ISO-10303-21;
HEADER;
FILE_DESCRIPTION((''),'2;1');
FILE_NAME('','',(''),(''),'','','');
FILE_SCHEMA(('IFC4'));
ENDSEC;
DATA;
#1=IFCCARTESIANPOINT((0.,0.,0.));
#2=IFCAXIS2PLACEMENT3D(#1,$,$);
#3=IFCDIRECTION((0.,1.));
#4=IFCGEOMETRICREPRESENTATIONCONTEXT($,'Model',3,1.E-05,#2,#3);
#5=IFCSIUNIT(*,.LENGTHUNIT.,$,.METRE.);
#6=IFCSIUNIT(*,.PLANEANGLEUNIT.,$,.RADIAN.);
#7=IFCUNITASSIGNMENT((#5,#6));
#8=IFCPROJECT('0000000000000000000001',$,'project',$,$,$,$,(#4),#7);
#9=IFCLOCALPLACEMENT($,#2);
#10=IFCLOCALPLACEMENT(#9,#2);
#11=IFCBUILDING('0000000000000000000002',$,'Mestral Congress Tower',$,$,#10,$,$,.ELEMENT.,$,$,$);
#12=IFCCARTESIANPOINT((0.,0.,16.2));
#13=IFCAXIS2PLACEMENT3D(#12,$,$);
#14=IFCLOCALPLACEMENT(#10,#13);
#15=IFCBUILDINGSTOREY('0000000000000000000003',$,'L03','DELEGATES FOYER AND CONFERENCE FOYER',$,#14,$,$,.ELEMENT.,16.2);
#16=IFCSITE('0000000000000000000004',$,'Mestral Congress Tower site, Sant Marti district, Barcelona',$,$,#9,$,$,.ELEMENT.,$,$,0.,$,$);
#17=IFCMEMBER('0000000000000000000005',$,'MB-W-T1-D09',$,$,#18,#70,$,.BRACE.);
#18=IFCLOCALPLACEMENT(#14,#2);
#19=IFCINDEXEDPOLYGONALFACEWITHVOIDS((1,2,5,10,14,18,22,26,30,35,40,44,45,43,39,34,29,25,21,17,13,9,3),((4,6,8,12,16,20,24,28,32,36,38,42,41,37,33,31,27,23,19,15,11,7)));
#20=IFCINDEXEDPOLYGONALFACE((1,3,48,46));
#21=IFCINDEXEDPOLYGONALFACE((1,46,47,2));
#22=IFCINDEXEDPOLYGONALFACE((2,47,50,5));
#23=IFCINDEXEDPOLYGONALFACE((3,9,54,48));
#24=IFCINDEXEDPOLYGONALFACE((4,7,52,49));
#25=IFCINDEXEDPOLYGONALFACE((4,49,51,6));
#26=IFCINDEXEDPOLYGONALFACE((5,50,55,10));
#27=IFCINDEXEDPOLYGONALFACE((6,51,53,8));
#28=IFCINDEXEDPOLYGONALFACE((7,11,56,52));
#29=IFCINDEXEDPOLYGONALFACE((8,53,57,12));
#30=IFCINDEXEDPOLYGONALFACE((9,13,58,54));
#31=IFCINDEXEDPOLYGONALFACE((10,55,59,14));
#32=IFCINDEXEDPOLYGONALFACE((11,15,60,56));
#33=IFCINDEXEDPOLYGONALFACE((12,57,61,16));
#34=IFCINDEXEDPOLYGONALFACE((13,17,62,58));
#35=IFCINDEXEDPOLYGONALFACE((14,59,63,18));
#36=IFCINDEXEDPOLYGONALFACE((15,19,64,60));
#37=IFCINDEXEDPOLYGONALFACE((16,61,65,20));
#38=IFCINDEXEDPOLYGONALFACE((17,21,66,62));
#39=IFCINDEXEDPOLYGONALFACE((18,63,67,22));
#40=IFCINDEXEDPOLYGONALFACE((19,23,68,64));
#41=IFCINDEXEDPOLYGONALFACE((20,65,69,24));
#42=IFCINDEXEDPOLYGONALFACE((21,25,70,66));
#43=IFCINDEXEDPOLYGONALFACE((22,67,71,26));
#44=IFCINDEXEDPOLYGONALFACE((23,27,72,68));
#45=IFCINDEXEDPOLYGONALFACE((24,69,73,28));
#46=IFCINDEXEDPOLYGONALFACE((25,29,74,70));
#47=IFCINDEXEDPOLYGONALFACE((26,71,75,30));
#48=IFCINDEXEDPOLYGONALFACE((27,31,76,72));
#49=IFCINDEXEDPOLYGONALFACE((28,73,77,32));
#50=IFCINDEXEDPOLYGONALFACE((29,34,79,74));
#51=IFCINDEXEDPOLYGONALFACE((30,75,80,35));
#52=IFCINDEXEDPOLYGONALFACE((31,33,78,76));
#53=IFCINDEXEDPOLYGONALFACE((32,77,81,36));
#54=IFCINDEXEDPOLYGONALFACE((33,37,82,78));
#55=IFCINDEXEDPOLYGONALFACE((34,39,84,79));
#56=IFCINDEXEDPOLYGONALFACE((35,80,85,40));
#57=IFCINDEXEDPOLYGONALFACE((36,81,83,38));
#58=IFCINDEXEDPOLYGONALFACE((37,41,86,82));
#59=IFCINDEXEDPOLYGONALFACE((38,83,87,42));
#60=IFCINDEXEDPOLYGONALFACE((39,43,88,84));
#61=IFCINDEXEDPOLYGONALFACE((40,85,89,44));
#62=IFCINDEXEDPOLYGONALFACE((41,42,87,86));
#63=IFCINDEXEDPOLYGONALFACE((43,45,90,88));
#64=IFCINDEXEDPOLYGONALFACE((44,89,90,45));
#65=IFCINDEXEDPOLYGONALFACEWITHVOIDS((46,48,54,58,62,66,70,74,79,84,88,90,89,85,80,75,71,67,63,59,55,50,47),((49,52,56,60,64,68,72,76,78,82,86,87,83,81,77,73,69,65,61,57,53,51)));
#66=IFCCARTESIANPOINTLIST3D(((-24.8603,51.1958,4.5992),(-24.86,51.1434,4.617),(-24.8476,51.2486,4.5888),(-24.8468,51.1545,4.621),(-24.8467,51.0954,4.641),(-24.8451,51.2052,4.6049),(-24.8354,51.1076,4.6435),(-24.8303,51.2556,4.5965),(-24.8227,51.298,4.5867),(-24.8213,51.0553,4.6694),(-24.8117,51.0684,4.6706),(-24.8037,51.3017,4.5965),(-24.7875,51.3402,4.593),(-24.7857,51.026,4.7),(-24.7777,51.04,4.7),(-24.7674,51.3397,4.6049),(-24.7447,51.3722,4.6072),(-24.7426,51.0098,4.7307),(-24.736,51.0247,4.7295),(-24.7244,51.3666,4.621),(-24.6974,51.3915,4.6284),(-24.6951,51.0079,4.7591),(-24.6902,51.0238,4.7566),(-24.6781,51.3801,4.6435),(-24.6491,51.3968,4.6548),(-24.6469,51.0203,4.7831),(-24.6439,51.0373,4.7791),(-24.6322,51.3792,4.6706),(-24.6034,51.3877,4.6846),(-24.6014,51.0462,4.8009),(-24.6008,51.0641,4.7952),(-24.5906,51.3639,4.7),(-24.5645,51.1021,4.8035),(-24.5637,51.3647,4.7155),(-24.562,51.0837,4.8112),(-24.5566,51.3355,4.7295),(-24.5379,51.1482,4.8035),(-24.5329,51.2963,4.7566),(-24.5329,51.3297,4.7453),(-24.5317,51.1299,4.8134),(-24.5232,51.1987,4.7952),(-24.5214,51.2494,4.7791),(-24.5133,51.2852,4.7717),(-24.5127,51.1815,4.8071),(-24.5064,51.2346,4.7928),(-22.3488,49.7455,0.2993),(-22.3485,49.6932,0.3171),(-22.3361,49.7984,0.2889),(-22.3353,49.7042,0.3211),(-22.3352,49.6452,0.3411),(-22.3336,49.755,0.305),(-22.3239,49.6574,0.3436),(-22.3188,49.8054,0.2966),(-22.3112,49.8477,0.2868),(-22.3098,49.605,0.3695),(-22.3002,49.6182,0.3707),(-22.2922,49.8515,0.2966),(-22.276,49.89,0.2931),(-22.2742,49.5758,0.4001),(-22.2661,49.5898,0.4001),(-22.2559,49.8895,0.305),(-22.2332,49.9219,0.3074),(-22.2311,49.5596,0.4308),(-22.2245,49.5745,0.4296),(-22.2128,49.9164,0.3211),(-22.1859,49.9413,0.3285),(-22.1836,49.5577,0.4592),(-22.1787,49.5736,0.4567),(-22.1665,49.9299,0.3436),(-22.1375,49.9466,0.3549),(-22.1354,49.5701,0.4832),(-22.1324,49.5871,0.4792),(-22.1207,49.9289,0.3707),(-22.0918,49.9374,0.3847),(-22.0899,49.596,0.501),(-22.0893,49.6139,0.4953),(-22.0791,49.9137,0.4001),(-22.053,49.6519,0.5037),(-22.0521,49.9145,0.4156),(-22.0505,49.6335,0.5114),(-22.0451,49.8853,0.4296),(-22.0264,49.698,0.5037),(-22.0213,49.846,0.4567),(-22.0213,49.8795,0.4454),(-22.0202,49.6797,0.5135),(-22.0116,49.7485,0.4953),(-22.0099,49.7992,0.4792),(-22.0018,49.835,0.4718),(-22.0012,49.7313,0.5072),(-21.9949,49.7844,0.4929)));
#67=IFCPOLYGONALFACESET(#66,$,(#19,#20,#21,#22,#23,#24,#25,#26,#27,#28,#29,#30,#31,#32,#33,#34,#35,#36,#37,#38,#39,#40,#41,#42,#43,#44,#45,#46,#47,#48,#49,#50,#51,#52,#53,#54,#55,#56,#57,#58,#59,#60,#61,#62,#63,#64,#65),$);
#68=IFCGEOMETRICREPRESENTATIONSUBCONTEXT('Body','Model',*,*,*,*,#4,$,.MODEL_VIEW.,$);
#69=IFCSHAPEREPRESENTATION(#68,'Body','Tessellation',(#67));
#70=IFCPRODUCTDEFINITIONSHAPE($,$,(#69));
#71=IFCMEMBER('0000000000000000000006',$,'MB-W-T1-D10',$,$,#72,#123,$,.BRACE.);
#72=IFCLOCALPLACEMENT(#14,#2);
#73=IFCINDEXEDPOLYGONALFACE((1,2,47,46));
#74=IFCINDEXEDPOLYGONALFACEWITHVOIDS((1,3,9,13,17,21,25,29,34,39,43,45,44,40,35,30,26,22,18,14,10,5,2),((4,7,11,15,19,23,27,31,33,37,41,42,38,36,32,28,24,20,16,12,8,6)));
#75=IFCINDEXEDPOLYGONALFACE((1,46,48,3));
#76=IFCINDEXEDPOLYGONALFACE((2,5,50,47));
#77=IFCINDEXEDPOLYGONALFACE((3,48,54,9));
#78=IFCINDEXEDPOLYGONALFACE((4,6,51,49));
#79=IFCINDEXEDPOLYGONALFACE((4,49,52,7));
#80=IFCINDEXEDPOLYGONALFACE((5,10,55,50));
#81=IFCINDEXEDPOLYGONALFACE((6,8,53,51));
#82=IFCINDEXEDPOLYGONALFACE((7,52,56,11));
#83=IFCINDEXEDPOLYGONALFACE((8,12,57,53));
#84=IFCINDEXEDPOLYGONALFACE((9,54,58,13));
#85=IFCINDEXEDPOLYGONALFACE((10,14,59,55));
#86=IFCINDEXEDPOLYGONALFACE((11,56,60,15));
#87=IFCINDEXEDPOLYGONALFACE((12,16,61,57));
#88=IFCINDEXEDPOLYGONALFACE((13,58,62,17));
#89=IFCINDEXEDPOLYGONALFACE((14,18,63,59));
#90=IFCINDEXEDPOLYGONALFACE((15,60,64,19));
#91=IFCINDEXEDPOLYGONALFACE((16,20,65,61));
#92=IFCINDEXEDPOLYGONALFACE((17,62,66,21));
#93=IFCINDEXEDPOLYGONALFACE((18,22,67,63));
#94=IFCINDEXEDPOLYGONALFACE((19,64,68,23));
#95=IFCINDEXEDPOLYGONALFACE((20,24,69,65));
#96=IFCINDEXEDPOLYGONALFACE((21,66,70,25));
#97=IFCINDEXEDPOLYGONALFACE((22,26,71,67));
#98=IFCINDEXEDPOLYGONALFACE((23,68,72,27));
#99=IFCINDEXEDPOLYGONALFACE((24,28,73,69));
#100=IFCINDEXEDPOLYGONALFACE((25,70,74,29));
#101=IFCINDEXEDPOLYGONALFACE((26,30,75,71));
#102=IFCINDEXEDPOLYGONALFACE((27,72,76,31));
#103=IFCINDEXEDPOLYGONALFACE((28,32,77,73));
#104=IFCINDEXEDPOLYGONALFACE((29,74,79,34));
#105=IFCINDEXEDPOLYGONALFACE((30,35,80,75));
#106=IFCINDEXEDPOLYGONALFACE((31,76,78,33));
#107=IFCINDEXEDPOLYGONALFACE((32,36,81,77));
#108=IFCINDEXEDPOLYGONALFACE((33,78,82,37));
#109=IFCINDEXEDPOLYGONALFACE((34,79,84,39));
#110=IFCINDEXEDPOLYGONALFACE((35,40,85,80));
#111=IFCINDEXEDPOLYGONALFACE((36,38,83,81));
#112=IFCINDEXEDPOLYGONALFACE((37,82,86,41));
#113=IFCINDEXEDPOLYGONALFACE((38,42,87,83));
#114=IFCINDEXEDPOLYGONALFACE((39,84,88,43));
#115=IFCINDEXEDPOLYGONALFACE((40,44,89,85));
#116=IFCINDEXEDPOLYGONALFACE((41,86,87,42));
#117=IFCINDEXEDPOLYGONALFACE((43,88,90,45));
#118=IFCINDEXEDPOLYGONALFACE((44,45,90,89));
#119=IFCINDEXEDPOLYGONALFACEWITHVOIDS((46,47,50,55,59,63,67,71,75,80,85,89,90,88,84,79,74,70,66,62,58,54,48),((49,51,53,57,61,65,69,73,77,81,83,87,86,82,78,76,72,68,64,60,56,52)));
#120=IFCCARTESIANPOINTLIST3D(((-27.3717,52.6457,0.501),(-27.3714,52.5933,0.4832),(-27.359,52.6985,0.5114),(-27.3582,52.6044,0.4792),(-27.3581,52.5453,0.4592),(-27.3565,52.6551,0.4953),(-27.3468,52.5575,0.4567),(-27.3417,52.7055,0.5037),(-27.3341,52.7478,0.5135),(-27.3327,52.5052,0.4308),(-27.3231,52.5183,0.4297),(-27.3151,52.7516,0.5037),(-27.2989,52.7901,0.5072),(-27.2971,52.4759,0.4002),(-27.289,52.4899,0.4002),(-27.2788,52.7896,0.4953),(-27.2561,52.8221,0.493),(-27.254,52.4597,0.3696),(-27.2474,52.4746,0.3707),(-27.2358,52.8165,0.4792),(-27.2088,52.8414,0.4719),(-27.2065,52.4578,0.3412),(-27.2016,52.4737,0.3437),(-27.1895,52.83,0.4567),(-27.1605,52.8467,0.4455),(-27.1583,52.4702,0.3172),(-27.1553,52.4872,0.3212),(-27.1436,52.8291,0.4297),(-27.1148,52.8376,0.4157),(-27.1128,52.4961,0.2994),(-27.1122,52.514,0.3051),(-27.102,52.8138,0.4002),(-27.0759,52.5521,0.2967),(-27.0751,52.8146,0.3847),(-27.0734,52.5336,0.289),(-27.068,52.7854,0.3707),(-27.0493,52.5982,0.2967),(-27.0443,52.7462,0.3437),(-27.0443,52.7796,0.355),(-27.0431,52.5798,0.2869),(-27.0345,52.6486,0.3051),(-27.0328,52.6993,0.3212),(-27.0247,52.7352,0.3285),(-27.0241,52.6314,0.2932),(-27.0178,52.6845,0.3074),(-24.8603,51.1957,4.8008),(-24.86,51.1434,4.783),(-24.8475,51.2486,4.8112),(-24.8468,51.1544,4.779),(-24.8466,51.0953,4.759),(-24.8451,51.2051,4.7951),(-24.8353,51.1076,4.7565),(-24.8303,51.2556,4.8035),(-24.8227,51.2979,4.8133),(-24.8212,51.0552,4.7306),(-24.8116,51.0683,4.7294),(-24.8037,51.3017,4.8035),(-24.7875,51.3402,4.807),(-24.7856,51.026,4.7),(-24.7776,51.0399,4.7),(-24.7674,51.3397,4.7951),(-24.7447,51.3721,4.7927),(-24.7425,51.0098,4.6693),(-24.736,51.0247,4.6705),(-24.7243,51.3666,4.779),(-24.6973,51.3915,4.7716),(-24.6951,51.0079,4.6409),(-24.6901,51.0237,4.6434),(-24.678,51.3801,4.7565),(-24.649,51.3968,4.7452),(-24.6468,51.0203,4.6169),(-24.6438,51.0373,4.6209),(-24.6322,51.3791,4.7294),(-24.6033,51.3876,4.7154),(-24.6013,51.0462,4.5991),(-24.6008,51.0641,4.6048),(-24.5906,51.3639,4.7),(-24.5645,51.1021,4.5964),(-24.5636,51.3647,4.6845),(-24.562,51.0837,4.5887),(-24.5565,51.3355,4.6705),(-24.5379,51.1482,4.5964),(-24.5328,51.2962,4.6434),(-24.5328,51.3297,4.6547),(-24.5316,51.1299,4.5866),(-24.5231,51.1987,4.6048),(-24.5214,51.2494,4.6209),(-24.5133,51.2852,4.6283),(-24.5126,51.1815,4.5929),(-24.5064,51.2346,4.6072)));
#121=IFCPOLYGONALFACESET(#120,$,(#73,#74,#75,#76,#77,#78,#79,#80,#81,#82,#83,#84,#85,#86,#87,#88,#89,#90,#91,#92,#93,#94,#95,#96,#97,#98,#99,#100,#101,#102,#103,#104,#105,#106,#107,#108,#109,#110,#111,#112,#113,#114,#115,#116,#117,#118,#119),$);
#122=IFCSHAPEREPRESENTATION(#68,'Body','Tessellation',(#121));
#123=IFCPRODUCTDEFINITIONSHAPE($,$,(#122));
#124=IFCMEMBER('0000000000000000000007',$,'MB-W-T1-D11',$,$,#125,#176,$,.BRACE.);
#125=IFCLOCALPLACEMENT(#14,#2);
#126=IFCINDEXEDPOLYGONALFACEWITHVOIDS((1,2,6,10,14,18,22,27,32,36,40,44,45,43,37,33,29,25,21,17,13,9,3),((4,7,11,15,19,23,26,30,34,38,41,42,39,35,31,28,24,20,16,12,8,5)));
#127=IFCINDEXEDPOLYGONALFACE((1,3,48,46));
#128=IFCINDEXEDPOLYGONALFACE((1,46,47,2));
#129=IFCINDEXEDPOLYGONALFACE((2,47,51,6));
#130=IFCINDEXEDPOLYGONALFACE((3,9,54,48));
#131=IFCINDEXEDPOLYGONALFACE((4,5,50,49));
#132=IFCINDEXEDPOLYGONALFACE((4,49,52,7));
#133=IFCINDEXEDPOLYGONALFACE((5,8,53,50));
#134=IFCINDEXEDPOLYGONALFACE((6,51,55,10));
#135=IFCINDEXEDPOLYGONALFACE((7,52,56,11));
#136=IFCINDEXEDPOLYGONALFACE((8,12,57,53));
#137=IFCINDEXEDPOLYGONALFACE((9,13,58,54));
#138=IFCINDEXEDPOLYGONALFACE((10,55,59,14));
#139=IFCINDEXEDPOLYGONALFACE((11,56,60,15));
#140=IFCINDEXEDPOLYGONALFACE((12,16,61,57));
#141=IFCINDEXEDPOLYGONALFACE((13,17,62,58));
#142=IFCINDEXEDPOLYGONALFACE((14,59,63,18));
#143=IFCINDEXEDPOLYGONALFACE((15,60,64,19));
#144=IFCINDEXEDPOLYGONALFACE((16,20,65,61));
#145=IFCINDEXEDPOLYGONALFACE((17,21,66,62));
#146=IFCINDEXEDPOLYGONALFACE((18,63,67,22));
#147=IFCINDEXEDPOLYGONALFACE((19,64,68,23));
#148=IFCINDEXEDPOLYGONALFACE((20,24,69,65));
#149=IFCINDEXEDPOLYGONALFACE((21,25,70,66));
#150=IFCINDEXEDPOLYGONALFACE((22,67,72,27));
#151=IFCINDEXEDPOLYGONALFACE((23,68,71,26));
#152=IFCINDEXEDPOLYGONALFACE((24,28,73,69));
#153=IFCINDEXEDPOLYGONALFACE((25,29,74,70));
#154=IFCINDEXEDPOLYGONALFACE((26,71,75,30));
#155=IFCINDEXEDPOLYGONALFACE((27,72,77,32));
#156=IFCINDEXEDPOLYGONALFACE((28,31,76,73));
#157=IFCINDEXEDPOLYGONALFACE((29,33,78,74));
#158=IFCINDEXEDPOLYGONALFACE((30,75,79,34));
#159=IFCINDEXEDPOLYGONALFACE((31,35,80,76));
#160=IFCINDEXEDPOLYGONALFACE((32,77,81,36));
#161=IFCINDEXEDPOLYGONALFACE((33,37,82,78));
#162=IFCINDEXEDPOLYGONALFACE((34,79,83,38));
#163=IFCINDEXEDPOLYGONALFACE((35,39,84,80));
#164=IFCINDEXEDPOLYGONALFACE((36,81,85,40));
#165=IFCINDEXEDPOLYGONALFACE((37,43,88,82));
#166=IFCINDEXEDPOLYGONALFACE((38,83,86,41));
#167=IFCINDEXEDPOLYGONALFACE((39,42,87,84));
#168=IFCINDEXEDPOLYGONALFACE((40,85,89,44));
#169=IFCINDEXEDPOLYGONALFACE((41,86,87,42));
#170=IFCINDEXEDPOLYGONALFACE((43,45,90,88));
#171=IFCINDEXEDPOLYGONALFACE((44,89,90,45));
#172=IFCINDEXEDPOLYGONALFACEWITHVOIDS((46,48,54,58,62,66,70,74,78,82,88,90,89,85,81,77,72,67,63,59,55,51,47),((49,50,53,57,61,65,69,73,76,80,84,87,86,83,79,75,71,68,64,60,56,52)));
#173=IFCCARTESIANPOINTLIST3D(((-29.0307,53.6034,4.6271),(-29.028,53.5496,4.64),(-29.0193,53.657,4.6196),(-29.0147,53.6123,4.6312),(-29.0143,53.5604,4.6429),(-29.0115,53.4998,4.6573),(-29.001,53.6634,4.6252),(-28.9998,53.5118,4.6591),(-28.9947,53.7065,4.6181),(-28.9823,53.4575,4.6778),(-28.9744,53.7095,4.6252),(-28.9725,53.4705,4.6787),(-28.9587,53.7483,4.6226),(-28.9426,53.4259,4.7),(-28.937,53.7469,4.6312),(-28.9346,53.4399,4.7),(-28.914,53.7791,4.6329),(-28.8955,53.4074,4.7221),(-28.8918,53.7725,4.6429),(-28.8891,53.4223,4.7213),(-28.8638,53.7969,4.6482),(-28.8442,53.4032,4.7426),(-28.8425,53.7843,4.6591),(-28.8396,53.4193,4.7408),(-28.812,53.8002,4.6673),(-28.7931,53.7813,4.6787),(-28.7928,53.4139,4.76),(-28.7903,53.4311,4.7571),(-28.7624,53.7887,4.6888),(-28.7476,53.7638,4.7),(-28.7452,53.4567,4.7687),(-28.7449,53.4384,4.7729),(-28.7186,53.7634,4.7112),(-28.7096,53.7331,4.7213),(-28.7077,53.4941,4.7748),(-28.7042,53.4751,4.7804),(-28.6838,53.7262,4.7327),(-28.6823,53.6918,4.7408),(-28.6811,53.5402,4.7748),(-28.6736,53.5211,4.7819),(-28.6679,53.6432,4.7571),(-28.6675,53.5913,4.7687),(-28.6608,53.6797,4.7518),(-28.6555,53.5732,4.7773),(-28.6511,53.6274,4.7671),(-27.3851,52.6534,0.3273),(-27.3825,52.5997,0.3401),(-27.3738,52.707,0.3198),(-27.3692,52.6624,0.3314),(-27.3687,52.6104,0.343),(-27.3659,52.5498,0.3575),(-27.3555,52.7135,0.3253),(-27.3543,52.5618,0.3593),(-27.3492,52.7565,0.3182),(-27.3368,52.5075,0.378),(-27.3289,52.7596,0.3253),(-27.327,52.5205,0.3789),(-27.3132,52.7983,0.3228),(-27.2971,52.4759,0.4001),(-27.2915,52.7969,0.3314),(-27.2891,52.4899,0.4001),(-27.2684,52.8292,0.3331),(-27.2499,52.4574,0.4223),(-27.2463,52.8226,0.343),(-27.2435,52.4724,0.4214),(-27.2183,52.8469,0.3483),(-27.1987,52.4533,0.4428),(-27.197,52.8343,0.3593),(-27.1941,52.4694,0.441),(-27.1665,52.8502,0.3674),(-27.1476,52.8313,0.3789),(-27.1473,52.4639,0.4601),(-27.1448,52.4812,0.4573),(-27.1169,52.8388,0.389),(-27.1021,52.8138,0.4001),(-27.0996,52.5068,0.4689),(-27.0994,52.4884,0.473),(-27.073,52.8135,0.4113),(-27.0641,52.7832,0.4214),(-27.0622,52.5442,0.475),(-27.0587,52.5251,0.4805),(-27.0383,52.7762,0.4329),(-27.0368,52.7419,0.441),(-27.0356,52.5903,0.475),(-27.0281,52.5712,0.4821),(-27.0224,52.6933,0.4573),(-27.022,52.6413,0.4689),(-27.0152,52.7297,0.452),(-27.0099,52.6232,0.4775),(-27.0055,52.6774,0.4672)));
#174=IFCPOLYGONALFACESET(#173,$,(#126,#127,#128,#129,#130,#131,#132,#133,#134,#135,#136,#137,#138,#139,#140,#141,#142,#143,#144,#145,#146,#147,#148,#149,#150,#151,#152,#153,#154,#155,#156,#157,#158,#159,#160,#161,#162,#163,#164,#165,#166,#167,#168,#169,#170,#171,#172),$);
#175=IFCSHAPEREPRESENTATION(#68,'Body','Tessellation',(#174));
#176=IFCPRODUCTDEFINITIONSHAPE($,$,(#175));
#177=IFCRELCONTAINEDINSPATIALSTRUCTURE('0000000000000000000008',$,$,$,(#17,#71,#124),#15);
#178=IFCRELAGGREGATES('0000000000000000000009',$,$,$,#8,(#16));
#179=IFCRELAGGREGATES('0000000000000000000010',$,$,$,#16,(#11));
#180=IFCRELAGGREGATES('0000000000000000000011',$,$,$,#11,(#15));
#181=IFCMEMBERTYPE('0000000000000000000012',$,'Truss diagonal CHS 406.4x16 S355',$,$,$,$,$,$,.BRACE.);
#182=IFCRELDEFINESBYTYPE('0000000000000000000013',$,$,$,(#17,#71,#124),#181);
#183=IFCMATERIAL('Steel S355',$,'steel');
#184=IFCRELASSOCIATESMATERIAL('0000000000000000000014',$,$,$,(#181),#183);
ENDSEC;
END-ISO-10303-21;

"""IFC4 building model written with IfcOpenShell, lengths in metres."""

from ifc_helpers import new_model, si_unit, direction, frame, origin, origin_2d, place, context, subcontext, project, spatial, hollow_circle, extrude, material, material_profile, profile_set, type_object, element, save


model = new_model("IFC4")

# Units and contexts
model_context = context("Model", 3, precision=1e-05, world=origin(), true_north=direction((0.0, 1.0)))
body_context = subcontext(model_context, "Body", "Model", "MODEL_VIEW")
ifc_project = project(units=[si_unit("LENGTHUNIT", "METRE"), si_unit("PLANEANGLEUNIT", "RADIAN")], contexts=[model_context])

# Site, building, storey
site_placement = place(None, origin())
site = spatial("IfcSite", under=ifc_project, at=site_placement, Name="Mestral Congress Tower site, Sant Marti district, Barcelona", CompositionType="ELEMENT", RefElevation=0.0)
building_placement = place(site_placement, origin())
building = spatial("IfcBuilding", under=site, at=building_placement, Name="Mestral Congress Tower", CompositionType="ELEMENT")
storey_placement = place(building_placement, frame((0.0, 0.0, 16.2)))
storey = spatial("IfcBuildingStorey", under=building, at=storey_placement, Name="L03", Description="DELEGATES FOYER AND CONFERENCE FOYER", CompositionType="ELEMENT", Elevation=16.2)

# Members
ifc_material_1 = material(Name="Steel S355", Category="steel")
ifc_material_profile_1 = material_profile(ifc_material_1, hollow_circle(Radius=0.2031, WallThickness=0.0161, at=origin_2d()), Name="CHS 406.4x16")
ifc_profile_set_1 = profile_set([ifc_material_profile_1], Name="Steel S355")
member_type_1 = type_object("IfcMemberType", Name="Truss diagonal CHS 406.4x16 S355", PredefinedType="BRACE", material=ifc_profile_set_1)
member_1_placement = place(storey_placement, frame((-22.1726, 49.7517, 0.4001), z_axis=(-0.484241, 0.279614, 0.829052), x_axis=(-0.50005, -0.865996, 0.0)))
element("IfcMember", 1, at=member_1_placement, inside=storey, type_object=member_type_1, Name="MB-W-T1-D09", PredefinedType="BRACE", context=body_context, shape_type="SweptSolid", body=[
    extrude(hollow_circle(Radius=0.2031, WallThickness=0.0161, at=origin_2d()), origin(), (0.0, 0.0, 1.0), 5.1865),
])
member_2_placement = place(storey_placement, frame((-24.6841, 51.2019, 4.7), z_axis=(-0.484247, 0.279571, -0.829062), x_axis=(-0.499987, -0.866033, 0.0)))
element("IfcMember", 2, at=member_2_placement, inside=storey, type_object=member_type_1, Name="MB-W-T1-D10", PredefinedType="BRACE", context=body_context, shape_type="SweptSolid", body=[
    extrude(hollow_circle(Radius=0.2031, WallThickness=0.0161, at=origin_2d()), origin(), (0.0, 0.0, 1.0), 5.1863),
])
for number, where, z_axis, x_axis, name in (
    (3, (-27.1956, 52.6519, 0.4001), (-0.350041, 0.202079, 0.914678), (-0.499967, -0.866044, 0.0), "MB-W-T1-D11"),
):
    element("IfcMember", number, at=place(storey_placement, frame(where, z_axis=z_axis, x_axis=x_axis)), inside=storey, type_object=member_type_1, Name=name, PredefinedType="BRACE", context=body_context, shape_type="SweptSolid", body=[
        extrude(hollow_circle(Radius=0.2031, WallThickness=0.0161, at=origin_2d()), origin(), (0.0, 0.0, 1.0), 4.7009),
    ])

save(model, "model.ifc")
